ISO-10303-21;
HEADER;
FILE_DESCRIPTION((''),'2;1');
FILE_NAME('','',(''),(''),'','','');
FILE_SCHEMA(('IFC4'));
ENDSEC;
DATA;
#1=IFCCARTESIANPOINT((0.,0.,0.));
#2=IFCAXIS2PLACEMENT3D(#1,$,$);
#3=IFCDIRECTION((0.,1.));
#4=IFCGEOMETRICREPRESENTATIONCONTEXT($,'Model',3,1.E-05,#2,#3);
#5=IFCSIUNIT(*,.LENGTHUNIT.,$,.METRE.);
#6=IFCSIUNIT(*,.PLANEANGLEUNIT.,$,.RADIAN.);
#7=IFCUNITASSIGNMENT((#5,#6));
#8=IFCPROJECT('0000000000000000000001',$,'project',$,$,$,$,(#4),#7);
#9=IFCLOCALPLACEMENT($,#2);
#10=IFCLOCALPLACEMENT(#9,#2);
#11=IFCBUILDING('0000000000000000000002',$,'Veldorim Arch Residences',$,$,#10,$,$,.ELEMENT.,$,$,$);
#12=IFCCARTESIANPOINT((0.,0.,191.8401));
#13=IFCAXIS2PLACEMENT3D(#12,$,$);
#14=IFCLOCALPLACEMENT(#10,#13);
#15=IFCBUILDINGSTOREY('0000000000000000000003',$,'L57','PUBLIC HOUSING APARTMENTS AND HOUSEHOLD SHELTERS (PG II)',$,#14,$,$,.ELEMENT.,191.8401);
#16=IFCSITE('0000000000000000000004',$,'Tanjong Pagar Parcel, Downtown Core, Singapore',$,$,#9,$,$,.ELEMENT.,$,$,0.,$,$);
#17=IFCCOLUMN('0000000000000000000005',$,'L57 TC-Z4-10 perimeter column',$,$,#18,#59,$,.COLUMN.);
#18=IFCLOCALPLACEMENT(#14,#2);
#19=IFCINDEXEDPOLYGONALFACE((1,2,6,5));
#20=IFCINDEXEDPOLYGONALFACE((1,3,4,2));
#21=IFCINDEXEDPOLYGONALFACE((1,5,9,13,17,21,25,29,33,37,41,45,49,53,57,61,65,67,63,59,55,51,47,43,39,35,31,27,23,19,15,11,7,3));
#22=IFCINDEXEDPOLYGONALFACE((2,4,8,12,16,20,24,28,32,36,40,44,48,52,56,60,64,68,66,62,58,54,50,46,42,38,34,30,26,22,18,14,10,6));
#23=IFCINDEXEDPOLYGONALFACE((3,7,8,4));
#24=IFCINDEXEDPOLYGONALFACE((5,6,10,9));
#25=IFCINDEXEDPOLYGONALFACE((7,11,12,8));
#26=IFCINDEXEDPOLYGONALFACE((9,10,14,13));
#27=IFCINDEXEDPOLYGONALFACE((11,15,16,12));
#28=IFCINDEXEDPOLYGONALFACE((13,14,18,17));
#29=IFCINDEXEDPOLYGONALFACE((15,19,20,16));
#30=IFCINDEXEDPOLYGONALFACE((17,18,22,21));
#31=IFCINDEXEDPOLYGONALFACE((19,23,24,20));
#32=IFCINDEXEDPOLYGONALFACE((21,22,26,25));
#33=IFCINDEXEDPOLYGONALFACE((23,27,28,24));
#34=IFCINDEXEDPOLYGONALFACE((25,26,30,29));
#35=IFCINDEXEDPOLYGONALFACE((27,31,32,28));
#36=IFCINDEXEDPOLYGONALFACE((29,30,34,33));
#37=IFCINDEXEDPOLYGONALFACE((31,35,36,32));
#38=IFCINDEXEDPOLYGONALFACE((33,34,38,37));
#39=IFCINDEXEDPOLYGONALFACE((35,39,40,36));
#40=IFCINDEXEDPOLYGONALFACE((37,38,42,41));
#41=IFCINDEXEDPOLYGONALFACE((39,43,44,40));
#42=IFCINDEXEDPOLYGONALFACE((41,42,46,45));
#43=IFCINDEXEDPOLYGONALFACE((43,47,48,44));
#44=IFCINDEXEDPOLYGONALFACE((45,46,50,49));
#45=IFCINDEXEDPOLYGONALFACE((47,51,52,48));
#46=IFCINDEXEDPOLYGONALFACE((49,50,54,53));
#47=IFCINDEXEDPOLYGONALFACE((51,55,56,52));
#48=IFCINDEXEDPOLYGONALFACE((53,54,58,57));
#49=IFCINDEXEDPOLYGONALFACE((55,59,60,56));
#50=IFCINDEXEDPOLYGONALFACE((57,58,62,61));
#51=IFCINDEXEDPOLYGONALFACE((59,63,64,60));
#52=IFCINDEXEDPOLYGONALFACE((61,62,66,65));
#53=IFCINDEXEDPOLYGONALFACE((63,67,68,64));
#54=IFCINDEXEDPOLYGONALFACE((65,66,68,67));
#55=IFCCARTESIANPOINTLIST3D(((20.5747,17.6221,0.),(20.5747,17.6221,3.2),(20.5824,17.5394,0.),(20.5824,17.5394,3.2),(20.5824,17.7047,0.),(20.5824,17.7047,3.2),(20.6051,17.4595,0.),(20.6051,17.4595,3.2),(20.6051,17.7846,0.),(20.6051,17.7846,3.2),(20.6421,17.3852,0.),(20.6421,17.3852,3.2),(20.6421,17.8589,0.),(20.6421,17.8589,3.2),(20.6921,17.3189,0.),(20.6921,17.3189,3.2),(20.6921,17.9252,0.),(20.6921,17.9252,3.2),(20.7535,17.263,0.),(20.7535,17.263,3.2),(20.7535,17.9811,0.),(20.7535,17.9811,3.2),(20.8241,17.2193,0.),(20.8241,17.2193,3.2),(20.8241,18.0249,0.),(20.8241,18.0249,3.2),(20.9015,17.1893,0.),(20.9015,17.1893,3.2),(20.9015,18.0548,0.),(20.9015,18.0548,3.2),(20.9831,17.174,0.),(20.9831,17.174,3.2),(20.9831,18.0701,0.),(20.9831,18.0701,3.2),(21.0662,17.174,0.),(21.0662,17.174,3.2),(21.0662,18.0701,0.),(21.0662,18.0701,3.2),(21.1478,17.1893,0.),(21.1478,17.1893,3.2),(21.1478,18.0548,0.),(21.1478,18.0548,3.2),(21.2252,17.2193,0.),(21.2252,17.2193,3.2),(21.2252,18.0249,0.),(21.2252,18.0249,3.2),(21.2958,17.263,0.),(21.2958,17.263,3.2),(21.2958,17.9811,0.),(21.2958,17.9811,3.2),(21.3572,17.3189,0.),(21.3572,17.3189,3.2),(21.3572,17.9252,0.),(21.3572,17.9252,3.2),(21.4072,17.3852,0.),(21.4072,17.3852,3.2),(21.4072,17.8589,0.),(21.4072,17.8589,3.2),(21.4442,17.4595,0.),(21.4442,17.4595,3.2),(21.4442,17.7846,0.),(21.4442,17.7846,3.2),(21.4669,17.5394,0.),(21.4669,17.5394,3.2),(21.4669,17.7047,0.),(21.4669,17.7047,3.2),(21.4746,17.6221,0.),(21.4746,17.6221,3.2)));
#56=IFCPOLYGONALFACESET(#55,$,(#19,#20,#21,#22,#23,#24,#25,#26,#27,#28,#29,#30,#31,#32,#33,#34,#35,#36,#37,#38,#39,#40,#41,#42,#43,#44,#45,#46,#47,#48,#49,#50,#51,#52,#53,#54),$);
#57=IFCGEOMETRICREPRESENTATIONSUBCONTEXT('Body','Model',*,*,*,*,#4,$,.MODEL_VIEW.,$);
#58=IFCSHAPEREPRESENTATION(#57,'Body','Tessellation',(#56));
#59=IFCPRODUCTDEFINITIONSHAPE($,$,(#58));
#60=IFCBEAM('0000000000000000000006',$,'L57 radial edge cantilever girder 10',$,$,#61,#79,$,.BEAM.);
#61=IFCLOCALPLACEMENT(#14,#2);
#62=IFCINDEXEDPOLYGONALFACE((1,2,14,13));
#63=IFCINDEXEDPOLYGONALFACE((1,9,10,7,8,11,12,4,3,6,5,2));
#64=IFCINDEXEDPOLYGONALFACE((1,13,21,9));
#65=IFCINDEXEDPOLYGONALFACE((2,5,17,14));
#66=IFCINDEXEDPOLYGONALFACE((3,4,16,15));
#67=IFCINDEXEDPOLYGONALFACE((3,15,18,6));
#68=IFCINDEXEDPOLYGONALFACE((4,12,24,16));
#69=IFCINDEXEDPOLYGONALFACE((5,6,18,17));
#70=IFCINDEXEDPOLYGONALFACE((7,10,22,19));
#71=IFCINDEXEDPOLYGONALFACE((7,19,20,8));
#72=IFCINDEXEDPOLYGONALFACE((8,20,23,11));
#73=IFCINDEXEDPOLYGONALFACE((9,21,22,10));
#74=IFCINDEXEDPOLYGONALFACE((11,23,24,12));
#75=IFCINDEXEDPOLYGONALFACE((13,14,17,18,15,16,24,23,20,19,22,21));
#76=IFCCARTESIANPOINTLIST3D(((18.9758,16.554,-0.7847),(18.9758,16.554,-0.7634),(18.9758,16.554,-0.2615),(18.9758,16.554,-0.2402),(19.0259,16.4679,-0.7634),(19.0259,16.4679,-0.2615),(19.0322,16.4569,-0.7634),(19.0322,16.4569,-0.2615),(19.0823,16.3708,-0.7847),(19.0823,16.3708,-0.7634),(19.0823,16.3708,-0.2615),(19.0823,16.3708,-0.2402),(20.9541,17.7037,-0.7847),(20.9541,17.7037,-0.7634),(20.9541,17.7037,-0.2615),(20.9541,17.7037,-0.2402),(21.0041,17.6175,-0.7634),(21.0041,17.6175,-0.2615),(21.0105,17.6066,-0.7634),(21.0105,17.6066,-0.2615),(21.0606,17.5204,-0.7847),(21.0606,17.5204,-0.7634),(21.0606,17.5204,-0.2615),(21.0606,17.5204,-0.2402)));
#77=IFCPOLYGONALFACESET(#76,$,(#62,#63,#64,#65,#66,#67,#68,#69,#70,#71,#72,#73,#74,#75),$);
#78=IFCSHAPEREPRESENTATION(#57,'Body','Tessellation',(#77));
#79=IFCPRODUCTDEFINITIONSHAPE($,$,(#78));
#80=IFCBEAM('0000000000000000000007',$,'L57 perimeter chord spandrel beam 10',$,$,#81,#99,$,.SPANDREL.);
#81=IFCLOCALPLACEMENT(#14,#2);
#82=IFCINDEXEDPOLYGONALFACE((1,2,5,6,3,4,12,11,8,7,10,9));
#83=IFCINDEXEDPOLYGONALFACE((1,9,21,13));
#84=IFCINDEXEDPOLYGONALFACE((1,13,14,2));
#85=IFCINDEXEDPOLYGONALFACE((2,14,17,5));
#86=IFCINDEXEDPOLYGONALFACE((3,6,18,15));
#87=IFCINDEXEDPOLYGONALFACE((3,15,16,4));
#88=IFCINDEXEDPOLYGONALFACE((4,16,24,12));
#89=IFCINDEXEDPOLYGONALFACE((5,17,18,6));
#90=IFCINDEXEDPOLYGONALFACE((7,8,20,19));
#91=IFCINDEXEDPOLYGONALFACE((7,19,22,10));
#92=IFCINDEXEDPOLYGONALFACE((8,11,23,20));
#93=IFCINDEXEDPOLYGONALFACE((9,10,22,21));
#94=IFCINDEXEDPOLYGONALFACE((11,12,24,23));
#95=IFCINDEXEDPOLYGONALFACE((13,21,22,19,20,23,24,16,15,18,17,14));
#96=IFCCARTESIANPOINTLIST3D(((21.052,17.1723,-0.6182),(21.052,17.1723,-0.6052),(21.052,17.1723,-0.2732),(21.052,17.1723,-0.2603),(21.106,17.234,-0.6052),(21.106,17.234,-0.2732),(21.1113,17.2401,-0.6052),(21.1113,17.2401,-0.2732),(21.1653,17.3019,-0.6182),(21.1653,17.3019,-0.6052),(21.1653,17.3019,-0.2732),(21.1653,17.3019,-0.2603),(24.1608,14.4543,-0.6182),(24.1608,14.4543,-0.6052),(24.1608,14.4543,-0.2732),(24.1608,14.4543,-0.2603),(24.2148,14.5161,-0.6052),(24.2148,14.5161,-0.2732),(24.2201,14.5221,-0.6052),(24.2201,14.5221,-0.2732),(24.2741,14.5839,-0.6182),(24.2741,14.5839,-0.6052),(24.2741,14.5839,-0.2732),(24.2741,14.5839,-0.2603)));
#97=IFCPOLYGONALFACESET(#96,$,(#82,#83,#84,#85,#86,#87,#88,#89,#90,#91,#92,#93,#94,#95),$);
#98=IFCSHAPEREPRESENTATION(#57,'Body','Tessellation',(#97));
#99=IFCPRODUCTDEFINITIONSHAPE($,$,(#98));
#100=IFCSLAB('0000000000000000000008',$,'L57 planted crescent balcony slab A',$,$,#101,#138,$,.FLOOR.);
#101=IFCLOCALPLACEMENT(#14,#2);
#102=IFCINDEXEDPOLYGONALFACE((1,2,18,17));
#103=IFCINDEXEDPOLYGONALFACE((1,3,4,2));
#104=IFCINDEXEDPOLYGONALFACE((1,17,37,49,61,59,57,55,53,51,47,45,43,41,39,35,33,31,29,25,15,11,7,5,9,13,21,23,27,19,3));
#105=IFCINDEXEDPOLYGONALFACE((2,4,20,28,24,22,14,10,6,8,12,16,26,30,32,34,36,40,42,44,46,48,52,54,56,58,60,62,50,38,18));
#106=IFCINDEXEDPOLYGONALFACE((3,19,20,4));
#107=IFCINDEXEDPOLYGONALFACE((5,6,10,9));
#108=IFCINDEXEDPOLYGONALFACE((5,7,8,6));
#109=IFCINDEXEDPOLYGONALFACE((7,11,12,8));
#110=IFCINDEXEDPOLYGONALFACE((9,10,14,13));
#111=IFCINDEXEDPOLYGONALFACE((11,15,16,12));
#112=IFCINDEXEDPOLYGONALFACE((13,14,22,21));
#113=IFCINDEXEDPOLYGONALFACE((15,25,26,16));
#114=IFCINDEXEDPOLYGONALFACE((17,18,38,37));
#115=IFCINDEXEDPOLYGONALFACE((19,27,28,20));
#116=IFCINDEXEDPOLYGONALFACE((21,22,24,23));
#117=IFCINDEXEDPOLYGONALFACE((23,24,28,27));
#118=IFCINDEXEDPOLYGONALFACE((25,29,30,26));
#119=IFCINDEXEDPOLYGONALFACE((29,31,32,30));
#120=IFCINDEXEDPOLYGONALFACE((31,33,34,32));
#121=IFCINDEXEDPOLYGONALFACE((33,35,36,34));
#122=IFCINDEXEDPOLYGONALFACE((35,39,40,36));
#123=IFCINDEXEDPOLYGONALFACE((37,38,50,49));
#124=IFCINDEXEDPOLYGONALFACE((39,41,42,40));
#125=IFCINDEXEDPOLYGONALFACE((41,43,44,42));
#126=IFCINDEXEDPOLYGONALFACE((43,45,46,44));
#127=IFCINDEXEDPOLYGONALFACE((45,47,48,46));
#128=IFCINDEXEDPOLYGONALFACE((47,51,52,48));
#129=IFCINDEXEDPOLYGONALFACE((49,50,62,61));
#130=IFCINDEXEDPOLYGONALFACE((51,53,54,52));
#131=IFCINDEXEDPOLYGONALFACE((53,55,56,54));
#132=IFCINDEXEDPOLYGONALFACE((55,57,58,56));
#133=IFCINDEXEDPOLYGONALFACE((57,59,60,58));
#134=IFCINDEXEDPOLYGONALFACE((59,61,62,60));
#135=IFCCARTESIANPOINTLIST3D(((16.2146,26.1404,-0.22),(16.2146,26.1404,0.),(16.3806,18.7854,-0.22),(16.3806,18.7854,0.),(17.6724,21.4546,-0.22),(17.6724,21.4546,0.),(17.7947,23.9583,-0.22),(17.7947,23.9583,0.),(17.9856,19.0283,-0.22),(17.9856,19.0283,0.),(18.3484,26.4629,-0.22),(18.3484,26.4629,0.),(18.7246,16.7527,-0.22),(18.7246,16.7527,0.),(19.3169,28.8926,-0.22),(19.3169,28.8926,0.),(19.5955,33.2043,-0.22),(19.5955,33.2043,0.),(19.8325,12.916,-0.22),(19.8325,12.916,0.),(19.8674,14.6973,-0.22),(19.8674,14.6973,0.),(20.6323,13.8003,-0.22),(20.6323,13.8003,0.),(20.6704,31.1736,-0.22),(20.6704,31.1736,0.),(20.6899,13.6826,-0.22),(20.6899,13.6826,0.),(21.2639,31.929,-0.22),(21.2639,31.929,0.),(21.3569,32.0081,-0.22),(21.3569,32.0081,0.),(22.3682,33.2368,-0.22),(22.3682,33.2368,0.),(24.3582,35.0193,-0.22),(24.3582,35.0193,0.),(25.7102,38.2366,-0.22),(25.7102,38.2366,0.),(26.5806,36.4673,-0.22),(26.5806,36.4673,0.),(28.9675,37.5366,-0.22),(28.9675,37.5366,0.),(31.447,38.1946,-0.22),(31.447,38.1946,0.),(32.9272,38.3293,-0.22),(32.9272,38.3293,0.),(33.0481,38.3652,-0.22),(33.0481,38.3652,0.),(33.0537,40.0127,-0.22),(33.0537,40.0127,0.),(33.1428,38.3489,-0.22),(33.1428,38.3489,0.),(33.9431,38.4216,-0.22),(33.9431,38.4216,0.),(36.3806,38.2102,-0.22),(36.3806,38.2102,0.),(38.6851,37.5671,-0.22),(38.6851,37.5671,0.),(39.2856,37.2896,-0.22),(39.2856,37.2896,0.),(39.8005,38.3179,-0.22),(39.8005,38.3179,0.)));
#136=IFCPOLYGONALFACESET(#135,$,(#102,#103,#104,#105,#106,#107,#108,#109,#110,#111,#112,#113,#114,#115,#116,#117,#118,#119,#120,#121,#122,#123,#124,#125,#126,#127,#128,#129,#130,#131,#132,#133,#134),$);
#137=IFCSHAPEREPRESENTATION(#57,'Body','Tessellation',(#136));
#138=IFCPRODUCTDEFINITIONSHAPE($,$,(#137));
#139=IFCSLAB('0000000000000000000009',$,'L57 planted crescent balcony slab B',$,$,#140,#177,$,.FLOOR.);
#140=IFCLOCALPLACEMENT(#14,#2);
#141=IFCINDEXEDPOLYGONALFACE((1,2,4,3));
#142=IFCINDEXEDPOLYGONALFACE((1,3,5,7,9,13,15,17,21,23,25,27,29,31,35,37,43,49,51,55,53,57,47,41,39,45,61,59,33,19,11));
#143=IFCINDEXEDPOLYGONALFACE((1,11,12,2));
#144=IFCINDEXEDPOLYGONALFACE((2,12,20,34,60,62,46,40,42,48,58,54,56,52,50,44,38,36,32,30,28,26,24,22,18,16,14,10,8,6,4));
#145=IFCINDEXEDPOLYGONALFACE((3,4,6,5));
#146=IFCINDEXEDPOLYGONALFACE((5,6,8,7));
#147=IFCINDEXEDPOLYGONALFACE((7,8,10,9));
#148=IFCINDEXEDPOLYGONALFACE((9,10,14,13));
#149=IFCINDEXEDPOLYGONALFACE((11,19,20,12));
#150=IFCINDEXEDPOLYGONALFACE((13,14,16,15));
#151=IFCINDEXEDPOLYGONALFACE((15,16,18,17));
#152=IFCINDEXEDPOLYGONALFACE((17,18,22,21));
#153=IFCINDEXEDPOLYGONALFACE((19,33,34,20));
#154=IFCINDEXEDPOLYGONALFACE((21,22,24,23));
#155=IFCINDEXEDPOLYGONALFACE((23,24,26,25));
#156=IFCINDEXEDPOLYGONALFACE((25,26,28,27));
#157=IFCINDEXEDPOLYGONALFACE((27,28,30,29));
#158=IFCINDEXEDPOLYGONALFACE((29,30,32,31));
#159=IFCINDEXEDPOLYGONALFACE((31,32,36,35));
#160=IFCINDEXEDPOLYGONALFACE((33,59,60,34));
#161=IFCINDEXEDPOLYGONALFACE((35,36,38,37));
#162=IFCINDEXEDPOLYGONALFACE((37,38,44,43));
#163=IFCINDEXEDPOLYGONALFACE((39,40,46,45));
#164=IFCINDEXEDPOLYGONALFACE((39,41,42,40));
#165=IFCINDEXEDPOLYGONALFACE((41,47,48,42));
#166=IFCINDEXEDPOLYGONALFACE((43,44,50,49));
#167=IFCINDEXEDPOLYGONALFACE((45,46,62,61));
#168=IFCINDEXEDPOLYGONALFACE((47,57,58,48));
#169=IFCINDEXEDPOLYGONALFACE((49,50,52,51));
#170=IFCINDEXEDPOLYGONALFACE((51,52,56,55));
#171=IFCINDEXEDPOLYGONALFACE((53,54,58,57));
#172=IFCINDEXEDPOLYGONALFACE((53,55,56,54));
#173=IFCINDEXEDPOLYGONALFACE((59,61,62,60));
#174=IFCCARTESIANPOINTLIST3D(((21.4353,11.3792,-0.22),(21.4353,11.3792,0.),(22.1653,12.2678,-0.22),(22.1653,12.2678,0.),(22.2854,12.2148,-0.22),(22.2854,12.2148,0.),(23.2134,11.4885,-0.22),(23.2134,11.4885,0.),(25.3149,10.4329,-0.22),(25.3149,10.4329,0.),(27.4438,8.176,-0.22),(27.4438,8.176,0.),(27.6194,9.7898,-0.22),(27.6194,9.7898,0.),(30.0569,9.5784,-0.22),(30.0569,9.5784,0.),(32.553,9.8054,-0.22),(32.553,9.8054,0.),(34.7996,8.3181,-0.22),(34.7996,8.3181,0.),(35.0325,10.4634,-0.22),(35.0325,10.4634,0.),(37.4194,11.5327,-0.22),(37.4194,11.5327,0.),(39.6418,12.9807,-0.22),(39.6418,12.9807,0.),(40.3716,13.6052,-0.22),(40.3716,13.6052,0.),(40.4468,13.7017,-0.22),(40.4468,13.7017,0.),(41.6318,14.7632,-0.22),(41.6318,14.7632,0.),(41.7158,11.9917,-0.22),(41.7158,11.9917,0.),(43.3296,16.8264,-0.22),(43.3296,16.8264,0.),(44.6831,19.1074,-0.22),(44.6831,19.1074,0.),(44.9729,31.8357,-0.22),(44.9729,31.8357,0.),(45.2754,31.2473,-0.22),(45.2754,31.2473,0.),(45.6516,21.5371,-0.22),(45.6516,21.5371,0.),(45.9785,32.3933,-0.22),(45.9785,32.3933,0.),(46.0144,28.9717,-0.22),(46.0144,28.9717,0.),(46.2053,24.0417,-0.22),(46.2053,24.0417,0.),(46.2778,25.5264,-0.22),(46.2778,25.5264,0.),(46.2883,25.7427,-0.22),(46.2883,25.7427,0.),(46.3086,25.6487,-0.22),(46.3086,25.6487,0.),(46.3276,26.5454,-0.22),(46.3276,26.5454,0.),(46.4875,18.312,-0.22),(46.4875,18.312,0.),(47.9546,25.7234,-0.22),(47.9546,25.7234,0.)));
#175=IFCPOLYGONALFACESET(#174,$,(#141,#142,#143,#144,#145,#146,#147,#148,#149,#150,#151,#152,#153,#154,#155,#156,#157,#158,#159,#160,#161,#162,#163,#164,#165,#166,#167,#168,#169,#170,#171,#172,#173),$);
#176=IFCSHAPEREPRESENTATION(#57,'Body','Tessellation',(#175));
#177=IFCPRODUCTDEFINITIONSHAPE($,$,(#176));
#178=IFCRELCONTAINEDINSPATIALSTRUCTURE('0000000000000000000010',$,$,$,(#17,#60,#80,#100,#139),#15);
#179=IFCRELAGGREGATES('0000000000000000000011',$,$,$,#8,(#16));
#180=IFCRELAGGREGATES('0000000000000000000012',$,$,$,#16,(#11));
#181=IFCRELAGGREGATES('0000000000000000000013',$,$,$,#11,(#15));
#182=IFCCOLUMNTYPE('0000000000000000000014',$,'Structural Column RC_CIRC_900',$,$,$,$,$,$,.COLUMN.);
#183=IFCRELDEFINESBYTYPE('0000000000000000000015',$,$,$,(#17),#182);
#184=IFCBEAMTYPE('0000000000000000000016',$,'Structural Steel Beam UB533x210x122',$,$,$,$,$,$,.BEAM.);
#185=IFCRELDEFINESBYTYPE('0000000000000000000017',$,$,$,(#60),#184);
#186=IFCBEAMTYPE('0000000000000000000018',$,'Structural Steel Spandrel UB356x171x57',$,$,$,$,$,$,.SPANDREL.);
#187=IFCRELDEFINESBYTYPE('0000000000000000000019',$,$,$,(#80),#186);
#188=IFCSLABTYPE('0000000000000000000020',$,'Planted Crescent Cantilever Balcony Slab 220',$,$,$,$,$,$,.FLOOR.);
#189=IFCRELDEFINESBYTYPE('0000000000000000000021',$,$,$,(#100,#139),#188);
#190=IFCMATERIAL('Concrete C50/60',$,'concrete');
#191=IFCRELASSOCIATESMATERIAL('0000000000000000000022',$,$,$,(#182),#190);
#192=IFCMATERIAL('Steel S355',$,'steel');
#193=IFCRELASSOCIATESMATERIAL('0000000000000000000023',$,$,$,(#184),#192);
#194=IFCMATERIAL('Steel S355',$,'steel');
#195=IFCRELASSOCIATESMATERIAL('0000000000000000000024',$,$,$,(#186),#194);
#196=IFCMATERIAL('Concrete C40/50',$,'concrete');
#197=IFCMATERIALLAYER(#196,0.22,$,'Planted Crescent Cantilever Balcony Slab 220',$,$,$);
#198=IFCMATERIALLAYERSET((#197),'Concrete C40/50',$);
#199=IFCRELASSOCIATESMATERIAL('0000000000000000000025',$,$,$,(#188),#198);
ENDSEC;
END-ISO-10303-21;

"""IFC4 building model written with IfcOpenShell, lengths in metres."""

from ifc_helpers import new_model, si_unit, direction, frame, origin, origin_2d, place, context, subcontext, project, spatial, polyline, circle, i_section, outline, extrude, material, layer, layer_set, material_profile, profile_set, type_object, element, save


model = new_model("IFC4")

# Units and contexts
model_context = context("Model", 3, precision=1e-05, world=origin(), true_north=direction((0.0, 1.0)))
body_context = subcontext(model_context, "Body", "Model", "MODEL_VIEW")
ifc_project = project(units=[si_unit("LENGTHUNIT", "METRE"), si_unit("PLANEANGLEUNIT", "RADIAN")], contexts=[model_context])

# Site, building, storey
site_placement = place(None, origin())
site = spatial("IfcSite", under=ifc_project, at=site_placement, Name="Tanjong Pagar Parcel, Downtown Core, Singapore", CompositionType="ELEMENT", RefElevation=0.0)
building_placement = place(site_placement, origin())
building = spatial("IfcBuilding", under=site, at=building_placement, Name="Veldorim Arch Residences", CompositionType="ELEMENT")
storey_placement = place(building_placement, frame((0.0, 0.0, 191.8401)))
storey = spatial("IfcBuildingStorey", under=building, at=storey_placement, Name="L57", Description="PUBLIC HOUSING APARTMENTS AND HOUSEHOLD SHELTERS (PG II)", CompositionType="ELEMENT", Elevation=191.8401)

# Column
ifc_material_1 = material(Name="Concrete C50/60", Category="concrete")
ifc_material_profile_1 = material_profile(ifc_material_1, circle(Radius=0.45, at=origin_2d()), Name="RC_CIRC_900")
ifc_profile_set_1 = profile_set([ifc_material_profile_1], Name="Concrete C50/60")
column_type = type_object("IfcColumnType", Name="Structural Column RC_CIRC_900", PredefinedType="COLUMN", material=ifc_profile_set_1)
column_placement = place(storey_placement, frame((21.0247, 17.6221, 0.0), z_axis=(0.0, 0.0, 1.0), x_axis=(1.0, 0.0, 0.0)))
element("IfcColumn", 1, at=column_placement, inside=storey, type_object=column_type, Name="L57 TC-Z4-10 perimeter column", PredefinedType="COLUMN", context=body_context, shape_type="SweptSolid", body=[
    extrude(circle(Radius=0.45, at=origin_2d()), origin(), (0.0, 0.0, 1.0), 3.2),
])

# Beams
ifc_material_2 = material(Name="Steel S355", Category="steel")
ifc_material_profile_2 = material_profile(ifc_material_2, i_section(OverallWidth=0.2119, OverallDepth=0.5444, WebThickness=0.0127, FlangeThickness=0.0212, at=origin_2d()), Name="UB533x210x122")
ifc_profile_set_2 = profile_set([ifc_material_profile_2], Name="Steel S355")
beam_type_1 = type_object("IfcBeamType", Name="Structural Steel Beam UB533x210x122", PredefinedType="BEAM", material=ifc_profile_set_2)
beam_1_placement = place(storey_placement, frame((21.0073, 17.6121, -0.5125), z_axis=(-0.864602, -0.502457, 0.0), x_axis=(0.502457, -0.864602, 0.0)))
element("IfcBeam", 2, at=beam_1_placement, inside=storey, type_object=beam_type_1, Name="L57 radial edge cantilever girder 10", PredefinedType="BEAM", context=body_context, shape_type="SweptSolid", body=[
    extrude(i_section(OverallWidth=0.2119, OverallDepth=0.5444, WebThickness=0.0127, FlangeThickness=0.0212, at=origin_2d()), origin(), (0.0, 0.0, 1.0), 2.2881),
])
ifc_material_3 = material(Name="Steel S355", Category="steel")
ifc_material_profile_3 = material_profile(ifc_material_3, i_section(OverallWidth=0.1721, OverallDepth=0.3579, WebThickness=0.0081, FlangeThickness=0.0129, at=origin_2d()), Name="UB356x171x57")
ifc_profile_set_3 = profile_set([ifc_material_profile_3], Name="Steel S355")
beam_type_2 = type_object("IfcBeamType", Name="Structural Steel Spandrel UB356x171x57", PredefinedType="SPANDREL", material=ifc_profile_set_3)
beam_2_placement = place(storey_placement, frame((21.1086, 17.2371, -0.4392), z_axis=(0.752848, -0.658195, 0.0), x_axis=(0.658195, 0.752848, 0.0)))
element("IfcBeam", 3, at=beam_2_placement, inside=storey, type_object=beam_type_2, Name="L57 perimeter chord spandrel beam 10", PredefinedType="SPANDREL", context=body_context, shape_type="SweptSolid", body=[
    extrude(i_section(OverallWidth=0.1721, OverallDepth=0.3579, WebThickness=0.0081, FlangeThickness=0.0129, at=origin_2d()), origin(), (0.0, 0.0, 1.0), 4.1294),
])

# Slabs
ifc_material_4 = material(Name="Concrete C40/50", Category="concrete")
ifc_layer_1 = layer(ifc_material_4, 0.22, Name="Planted Crescent Cantilever Balcony Slab 220")
ifc_layer_set_1 = layer_set([ifc_layer_1], Name="Concrete C40/50")
slab_type_1 = type_object("IfcSlabType", Name="Planted Crescent Cantilever Balcony Slab 220", PredefinedType="FLOOR", material=ifc_layer_set_1)
slab_1_placement = place(storey_placement, frame((0.0, 0.0, -0.22)))
element("IfcSlab", 4, at=slab_1_placement, inside=storey, type_object=slab_type_1, Name="L57 planted crescent balcony slab A", PredefinedType="FLOOR", context=body_context, shape_type="SweptSolid", body=[
    extrude(outline(polyline([(39.2856, 37.2896), (38.6851, 37.5671), (36.3806, 38.2102), (33.9431, 38.4216), (33.1428, 38.3489), (33.0481, 38.3652), (32.9272, 38.3293), (31.447, 38.1946), (28.9675, 37.5366), (26.5806, 36.4673), (24.3582, 35.0193), (22.3682, 33.2368), (21.3569, 32.0081), (21.2639, 31.929), (20.6704, 31.1736), (19.3169, 28.8926), (18.3484, 26.4629), (17.7947, 23.9583), (17.6724, 21.4546), (17.9856, 19.0283), (18.7246, 16.7527), (19.8674, 14.6973), (20.6323, 13.8003), (20.6899, 13.6826), (19.8325, 12.916), (16.3806, 18.7854), (16.2146, 26.1404), (19.5955, 33.2043), (25.7102, 38.2366), (33.0537, 40.0127), (39.8005, 38.3179), (39.2856, 37.2896)])), origin(), (0.0, 0.0, 1.0), 0.22),
])
slab_2_placement = place(storey_placement, frame((0.0, 0.0, -0.22)))
element("IfcSlab", 5, at=slab_2_placement, inside=storey, type_object=slab_type_1, Name="L57 planted crescent balcony slab B", PredefinedType="FLOOR", context=body_context, shape_type="SweptSolid", body=[
    extrude(outline(polyline([(22.2854, 12.2148), (23.2134, 11.4885), (25.3149, 10.4329), (27.6194, 9.7898), (30.0569, 9.5784), (32.553, 9.8054), (35.0325, 10.4634), (37.4194, 11.5327), (39.6418, 12.9807), (40.3716, 13.6052), (40.4468, 13.7017), (41.6318, 14.7632), (43.3296, 16.8264), (44.6831, 19.1074), (45.6516, 21.5371), (46.2053, 24.0417), (46.2778, 25.5264), (46.3086, 25.6487), (46.2883, 25.7427), (46.3276, 26.5454), (46.0144, 28.9717), (45.2754, 31.2473), (44.9729, 31.8357), (45.9785, 32.3933), (47.9546, 25.7234), (46.4875, 18.312), (41.7158, 11.9917), (34.7996, 8.3181), (27.4438, 8.176), (21.4353, 11.3792), (22.1653, 12.2678), (22.2854, 12.2148)])), origin(), (0.0, 0.0, 1.0), 0.22),
])

save(model, "model.ifc")
